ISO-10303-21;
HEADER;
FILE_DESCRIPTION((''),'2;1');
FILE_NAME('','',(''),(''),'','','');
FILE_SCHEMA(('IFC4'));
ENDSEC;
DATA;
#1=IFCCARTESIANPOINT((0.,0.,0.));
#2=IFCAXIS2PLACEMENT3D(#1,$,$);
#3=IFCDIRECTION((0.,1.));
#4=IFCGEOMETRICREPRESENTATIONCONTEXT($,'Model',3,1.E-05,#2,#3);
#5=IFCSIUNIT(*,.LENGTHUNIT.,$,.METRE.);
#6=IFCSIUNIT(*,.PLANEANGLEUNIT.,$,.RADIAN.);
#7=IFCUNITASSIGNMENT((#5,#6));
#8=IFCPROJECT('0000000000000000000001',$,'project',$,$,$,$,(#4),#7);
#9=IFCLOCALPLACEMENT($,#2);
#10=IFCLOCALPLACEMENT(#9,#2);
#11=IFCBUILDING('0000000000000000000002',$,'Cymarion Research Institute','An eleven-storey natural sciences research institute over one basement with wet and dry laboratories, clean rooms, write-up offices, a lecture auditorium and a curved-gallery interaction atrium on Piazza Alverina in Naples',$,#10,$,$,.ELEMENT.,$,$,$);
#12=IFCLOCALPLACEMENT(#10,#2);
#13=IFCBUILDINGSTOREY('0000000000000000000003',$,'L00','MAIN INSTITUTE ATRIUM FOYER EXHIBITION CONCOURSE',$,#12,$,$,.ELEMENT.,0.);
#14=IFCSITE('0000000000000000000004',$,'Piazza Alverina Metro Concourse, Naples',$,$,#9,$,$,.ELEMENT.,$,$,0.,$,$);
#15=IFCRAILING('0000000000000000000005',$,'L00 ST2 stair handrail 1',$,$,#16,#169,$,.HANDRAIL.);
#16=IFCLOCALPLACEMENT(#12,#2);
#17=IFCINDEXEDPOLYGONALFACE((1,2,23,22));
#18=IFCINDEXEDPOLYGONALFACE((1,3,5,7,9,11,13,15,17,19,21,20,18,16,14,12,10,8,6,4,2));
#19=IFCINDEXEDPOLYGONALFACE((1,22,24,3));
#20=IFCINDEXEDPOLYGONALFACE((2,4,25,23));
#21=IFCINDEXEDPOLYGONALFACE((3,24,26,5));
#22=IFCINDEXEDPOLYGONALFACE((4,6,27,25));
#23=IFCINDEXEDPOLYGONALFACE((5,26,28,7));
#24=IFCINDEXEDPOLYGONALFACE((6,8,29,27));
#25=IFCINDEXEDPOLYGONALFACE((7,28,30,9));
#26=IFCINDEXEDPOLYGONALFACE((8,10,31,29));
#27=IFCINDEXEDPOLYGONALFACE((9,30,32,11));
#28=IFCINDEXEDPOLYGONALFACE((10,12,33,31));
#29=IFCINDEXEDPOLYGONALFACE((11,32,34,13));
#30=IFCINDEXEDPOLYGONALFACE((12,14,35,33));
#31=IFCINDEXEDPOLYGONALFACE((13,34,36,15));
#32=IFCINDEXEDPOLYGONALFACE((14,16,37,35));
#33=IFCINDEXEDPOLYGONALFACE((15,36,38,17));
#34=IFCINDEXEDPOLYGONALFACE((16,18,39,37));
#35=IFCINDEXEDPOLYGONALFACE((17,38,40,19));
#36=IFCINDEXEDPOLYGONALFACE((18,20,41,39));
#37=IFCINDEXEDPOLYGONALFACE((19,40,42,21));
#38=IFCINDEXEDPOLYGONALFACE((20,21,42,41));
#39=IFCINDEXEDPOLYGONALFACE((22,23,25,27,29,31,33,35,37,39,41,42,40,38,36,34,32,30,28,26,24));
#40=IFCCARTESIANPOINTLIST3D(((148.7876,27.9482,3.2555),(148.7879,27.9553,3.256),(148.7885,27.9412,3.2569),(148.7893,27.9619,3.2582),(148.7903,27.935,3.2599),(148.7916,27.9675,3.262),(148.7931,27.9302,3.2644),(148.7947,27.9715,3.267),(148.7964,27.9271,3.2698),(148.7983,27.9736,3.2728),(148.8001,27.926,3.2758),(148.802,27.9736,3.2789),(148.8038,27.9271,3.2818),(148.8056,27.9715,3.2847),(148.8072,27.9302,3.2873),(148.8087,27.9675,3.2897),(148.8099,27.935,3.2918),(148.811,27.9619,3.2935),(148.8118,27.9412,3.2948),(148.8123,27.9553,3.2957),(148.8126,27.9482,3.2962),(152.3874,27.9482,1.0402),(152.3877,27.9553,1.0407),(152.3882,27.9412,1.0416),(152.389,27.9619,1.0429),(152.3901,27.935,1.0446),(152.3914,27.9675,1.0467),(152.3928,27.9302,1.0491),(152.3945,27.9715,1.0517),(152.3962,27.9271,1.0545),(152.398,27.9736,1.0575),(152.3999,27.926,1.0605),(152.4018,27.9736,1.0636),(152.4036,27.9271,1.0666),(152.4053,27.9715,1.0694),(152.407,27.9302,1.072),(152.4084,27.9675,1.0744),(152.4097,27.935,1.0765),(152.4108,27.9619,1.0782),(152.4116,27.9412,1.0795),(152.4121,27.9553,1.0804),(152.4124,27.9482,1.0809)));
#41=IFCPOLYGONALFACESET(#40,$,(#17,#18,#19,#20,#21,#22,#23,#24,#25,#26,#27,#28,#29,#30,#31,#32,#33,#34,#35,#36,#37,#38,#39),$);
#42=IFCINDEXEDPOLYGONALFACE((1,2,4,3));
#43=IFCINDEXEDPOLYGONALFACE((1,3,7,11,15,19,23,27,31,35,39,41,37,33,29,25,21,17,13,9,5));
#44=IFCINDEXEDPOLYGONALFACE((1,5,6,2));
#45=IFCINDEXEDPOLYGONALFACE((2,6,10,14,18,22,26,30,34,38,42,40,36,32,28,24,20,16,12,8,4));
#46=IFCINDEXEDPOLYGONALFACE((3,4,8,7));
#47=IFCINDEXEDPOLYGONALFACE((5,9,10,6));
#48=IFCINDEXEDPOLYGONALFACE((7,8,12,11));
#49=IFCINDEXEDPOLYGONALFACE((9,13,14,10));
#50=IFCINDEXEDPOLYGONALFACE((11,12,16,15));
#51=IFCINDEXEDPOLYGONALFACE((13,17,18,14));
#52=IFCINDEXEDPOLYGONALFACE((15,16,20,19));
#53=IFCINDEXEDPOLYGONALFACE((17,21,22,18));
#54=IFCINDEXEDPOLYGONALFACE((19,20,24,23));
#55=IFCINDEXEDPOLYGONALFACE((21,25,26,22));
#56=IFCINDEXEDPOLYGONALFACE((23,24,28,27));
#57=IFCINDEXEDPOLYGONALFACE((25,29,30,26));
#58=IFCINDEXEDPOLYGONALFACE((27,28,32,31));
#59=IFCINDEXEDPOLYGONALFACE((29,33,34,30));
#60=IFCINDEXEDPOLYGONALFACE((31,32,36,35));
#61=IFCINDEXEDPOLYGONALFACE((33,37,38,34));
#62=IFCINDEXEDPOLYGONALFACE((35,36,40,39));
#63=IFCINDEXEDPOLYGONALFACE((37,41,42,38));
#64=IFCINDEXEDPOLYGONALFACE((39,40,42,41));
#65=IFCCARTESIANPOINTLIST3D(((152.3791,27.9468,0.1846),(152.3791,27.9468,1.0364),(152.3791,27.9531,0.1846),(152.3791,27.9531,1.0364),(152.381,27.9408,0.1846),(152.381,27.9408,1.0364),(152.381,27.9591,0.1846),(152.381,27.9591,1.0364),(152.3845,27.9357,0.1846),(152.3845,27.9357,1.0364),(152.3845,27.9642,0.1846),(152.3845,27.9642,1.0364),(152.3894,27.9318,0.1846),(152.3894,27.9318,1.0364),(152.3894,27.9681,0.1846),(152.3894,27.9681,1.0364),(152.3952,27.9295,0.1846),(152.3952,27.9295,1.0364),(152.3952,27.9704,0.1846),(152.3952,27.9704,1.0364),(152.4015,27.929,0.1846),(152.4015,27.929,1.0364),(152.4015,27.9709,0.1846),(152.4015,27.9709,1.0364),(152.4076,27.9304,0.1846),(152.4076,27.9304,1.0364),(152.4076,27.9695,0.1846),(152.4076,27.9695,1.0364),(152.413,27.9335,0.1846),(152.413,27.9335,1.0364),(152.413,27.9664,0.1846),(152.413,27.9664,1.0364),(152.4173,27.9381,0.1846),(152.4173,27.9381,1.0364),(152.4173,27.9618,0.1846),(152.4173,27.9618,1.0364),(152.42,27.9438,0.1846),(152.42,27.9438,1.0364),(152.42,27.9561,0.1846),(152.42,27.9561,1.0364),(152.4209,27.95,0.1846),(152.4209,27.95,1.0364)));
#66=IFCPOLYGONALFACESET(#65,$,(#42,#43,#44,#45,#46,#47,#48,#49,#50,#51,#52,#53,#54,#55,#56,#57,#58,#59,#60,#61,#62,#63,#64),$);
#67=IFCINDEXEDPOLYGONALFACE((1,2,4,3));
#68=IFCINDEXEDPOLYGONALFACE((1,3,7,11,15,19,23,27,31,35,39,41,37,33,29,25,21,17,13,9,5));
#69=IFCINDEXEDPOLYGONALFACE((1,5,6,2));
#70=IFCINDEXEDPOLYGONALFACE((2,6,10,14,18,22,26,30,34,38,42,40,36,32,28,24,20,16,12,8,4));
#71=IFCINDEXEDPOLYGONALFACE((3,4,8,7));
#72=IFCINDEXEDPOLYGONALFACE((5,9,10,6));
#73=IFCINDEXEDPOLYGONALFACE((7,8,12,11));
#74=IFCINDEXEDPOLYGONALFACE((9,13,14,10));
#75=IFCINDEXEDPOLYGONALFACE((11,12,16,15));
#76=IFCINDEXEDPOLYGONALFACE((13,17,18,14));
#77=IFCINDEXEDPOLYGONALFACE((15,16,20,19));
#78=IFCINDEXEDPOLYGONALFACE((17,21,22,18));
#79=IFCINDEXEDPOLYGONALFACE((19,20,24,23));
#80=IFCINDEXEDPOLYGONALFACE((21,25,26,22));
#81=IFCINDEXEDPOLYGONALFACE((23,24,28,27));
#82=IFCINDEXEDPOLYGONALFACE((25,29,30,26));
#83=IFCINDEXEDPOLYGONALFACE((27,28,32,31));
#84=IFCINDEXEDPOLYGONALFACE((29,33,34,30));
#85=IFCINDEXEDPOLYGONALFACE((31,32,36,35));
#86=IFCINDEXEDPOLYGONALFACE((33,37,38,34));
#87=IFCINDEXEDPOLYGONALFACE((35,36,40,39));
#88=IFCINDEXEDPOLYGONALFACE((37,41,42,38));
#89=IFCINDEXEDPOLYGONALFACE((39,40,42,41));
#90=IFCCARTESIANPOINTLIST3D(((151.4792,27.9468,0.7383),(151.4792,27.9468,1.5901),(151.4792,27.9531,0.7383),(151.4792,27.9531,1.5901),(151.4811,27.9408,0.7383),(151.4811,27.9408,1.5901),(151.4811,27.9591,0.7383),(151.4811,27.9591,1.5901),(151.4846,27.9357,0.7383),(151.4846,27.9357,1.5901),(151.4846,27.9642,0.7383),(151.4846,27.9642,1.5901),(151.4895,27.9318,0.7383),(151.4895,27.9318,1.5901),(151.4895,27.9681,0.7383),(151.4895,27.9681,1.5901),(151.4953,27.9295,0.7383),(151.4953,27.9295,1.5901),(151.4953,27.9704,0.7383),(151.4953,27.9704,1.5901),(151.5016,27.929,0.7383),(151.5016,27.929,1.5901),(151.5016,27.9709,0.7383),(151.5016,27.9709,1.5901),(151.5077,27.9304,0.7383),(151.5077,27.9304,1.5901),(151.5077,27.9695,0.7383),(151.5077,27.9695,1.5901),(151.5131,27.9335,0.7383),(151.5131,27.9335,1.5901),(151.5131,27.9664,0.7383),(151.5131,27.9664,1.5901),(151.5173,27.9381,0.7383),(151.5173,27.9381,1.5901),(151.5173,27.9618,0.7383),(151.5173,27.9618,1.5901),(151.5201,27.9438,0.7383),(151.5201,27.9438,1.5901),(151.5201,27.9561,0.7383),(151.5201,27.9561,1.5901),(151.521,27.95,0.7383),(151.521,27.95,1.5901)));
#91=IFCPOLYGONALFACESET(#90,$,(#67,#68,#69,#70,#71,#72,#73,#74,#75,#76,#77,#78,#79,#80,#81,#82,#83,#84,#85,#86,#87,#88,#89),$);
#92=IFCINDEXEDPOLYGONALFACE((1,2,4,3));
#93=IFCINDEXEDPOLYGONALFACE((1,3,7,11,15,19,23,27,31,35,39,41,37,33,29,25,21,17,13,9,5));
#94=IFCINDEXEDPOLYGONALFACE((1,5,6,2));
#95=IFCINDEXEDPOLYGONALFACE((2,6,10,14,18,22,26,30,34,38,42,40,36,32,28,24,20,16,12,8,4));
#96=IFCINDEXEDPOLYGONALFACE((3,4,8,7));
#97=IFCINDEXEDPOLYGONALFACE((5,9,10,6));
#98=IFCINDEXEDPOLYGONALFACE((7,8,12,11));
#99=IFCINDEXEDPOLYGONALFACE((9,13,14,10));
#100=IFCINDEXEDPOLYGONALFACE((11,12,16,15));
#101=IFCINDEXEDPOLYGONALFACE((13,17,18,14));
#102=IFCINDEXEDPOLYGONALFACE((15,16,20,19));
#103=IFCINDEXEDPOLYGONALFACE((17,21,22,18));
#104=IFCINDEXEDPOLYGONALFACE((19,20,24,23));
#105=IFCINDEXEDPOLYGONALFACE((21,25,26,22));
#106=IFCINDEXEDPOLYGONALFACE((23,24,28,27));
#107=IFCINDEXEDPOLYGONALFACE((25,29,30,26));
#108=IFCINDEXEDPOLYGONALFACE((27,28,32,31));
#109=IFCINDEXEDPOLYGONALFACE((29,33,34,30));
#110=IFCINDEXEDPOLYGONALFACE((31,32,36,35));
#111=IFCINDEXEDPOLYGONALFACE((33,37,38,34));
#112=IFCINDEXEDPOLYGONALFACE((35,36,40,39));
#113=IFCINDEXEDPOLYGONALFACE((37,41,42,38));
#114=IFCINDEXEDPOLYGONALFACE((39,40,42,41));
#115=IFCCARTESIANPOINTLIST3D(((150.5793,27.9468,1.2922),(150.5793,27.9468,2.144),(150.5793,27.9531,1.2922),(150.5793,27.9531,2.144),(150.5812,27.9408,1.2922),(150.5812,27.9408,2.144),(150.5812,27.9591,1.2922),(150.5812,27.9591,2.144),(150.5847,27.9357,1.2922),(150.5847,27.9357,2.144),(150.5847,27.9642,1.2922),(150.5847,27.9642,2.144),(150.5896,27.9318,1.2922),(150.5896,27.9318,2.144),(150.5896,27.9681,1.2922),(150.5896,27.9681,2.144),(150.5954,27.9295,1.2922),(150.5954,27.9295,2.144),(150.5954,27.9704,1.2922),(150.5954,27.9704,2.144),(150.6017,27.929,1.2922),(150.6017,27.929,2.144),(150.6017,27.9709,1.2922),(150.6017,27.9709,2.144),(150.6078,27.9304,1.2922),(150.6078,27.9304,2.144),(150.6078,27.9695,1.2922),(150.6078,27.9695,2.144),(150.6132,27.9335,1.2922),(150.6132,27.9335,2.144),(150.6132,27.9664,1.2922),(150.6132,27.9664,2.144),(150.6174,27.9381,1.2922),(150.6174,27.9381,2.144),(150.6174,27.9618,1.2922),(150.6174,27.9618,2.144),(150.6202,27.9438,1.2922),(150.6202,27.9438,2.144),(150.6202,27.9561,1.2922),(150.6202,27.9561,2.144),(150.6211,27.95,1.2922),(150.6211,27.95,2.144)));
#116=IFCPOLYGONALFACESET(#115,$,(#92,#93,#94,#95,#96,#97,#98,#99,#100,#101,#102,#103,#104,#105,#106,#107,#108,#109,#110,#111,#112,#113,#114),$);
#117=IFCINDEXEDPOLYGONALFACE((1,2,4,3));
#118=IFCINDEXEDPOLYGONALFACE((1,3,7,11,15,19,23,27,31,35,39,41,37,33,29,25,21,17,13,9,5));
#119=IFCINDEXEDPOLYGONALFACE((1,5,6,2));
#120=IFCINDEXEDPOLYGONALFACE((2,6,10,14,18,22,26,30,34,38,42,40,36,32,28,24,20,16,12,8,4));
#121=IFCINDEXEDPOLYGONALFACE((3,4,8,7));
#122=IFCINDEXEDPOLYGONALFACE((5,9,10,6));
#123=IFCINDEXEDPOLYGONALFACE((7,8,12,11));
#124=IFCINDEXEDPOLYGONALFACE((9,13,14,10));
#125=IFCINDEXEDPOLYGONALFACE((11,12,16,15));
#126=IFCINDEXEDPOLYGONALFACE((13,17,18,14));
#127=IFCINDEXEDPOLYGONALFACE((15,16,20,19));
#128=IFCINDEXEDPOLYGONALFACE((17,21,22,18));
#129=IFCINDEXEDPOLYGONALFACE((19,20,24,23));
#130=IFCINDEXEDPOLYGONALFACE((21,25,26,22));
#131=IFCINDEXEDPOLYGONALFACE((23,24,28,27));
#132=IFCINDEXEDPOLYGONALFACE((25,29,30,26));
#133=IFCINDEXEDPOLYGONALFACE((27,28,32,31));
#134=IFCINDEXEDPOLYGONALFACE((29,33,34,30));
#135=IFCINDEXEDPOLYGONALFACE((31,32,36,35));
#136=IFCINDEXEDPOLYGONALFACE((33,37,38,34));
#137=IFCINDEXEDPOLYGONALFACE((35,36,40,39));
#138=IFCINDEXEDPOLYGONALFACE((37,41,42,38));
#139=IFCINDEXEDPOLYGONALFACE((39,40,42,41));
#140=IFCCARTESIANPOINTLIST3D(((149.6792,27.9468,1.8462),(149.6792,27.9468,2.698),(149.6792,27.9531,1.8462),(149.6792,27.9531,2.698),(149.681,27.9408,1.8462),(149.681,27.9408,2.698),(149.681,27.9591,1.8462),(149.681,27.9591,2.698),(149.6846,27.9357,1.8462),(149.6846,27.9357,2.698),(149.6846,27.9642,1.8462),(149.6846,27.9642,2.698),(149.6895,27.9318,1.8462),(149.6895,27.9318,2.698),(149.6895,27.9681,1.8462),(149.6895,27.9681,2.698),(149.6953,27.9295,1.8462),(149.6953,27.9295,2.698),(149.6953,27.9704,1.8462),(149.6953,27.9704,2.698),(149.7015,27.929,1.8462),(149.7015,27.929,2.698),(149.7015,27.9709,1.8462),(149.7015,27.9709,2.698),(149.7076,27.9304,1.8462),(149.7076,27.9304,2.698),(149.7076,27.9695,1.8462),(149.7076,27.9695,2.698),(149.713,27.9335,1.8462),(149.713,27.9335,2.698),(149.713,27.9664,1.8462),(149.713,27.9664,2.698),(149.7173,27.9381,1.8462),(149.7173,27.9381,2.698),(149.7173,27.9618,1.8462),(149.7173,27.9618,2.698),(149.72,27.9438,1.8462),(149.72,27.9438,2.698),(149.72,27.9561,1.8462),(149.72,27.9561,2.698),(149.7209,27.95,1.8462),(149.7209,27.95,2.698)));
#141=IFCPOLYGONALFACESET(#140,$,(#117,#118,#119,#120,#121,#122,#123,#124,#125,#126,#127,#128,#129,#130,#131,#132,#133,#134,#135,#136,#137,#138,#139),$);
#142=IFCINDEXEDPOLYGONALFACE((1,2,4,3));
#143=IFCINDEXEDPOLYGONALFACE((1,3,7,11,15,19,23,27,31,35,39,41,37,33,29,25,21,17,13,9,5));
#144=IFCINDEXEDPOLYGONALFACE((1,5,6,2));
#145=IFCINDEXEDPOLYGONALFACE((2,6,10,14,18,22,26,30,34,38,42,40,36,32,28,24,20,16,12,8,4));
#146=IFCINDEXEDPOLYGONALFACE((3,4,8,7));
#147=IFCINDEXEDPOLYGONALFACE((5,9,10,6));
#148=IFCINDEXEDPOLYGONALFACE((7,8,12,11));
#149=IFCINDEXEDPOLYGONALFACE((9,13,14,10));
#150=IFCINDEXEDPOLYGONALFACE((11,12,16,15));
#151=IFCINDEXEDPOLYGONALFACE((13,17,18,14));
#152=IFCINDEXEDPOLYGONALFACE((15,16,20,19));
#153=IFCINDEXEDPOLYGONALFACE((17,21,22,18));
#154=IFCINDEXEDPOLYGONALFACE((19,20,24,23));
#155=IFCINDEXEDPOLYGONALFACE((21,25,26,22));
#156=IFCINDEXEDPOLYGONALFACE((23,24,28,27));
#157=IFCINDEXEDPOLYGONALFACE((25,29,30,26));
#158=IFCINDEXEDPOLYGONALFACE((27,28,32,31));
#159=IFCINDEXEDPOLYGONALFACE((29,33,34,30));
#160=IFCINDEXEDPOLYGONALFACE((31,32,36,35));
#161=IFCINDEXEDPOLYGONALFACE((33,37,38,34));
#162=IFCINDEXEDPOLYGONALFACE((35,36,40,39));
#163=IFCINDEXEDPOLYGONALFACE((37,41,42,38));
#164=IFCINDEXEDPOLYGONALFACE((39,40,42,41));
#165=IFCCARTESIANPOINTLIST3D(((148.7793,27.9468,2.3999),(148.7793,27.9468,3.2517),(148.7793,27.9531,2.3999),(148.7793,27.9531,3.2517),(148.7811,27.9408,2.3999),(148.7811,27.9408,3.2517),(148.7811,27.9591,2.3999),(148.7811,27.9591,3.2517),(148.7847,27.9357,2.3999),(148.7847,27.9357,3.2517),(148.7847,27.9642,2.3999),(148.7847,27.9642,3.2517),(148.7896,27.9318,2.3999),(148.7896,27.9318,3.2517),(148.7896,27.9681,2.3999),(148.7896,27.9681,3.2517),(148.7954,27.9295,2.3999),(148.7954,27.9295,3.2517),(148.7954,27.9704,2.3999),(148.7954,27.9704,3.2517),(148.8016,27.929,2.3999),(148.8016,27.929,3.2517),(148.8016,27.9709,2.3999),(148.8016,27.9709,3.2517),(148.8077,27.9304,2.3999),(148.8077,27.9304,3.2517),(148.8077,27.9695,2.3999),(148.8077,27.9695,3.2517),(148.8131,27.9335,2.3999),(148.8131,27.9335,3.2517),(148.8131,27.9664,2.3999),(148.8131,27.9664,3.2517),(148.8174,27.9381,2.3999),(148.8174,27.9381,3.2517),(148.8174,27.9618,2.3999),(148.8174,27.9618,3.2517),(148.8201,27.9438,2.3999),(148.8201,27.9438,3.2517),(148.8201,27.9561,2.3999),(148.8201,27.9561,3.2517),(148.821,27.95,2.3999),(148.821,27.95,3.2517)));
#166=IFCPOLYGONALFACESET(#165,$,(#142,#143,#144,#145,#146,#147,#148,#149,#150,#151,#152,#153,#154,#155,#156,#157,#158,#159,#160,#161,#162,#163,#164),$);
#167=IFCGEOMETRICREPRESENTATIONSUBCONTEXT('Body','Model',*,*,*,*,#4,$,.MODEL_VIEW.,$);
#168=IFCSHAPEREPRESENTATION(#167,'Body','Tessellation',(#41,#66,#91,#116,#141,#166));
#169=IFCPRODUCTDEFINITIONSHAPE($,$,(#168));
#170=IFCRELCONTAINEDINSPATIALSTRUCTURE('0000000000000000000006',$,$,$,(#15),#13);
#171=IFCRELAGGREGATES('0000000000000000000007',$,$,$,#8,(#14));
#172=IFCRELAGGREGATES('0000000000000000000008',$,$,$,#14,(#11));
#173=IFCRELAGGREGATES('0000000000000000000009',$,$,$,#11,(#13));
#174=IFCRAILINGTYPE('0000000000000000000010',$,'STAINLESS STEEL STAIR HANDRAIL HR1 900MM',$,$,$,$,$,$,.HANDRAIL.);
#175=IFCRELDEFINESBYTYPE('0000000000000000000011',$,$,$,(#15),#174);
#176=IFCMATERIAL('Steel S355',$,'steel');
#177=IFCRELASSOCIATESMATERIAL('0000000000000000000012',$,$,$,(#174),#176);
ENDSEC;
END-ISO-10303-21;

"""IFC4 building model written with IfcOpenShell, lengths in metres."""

from ifc_helpers import new_model, si_unit, direction, frame, origin, origin_2d, place, context, subcontext, project, spatial, circle, extrude, material, type_object, element, save


model = new_model("IFC4")

# Units and contexts
model_context = context("Model", 3, precision=1e-05, world=origin(), true_north=direction((0.0, 1.0)))
body_context = subcontext(model_context, "Body", "Model", "MODEL_VIEW")
ifc_project = project(units=[si_unit("LENGTHUNIT", "METRE"), si_unit("PLANEANGLEUNIT", "RADIAN")], contexts=[model_context])

# Site, building, storey
site_placement = place(None, origin())
site = spatial("IfcSite", under=ifc_project, at=site_placement, Name="Piazza Alverina Metro Concourse, Naples", CompositionType="ELEMENT", RefElevation=0.0)
building_placement = place(site_placement, origin())
building = spatial("IfcBuilding", under=site, at=building_placement, Name="Cymarion Research Institute", Description="An eleven-storey natural sciences research institute over one basement with wet and dry laboratories, clean rooms, write-up offices, a lecture auditorium and a curved-gallery interaction atrium on Piazza Alverina in Naples", CompositionType="ELEMENT")
storey_placement = place(building_placement, origin())
storey = spatial("IfcBuildingStorey", under=building, at=storey_placement, Name="L00", Description="MAIN INSTITUTE ATRIUM FOYER EXHIBITION CONCOURSE", CompositionType="ELEMENT", Elevation=0.0)

# Shared definitions
ifc_material_1 = material(Name="Steel S355", Category="steel")

# Railing
railing_type_1 = type_object("IfcRailingType", Name="STAINLESS STEEL STAIR HANDRAIL HR1 900MM", PredefinedType="HANDRAIL", material=ifc_material_1)
railing_1_placement = place(storey_placement, frame((152.3999, 27.95, 0.1846)))
element("IfcRailing", 1, at=railing_1_placement, inside=storey, type_object=railing_type_1, Name="L00 ST2 stair handrail 1", PredefinedType="HANDRAIL", context=body_context, shape_type="SweptSolid", body=[
    extrude(circle(Radius=0.0239, at=origin_2d()), frame((0.0, 0.0, 0.876), z_axis=(-0.851654, 0.0, 0.524104), x_axis=(0.0, -1.0, 0.0)), (0.0, 0.0, 1.0), 4.2268),
    extrude(circle(Radius=0.021, at=origin_2d()), origin(), (0.0, 0.0, 1.0), 0.8518),
    extrude(circle(Radius=0.021, at=origin_2d()), frame((-0.8999, 0.0, 0.5537)), (0.0, 0.0, 1.0), 0.8518),
    extrude(circle(Radius=0.021, at=origin_2d()), frame((-1.7998, 0.0, 1.1077)), (0.0, 0.0, 1.0), 0.8518),
    extrude(circle(Radius=0.021, at=origin_2d()), frame((-2.7, 0.0, 1.6616)), (0.0, 0.0, 1.0), 0.8518),
    extrude(circle(Radius=0.021, at=origin_2d()), frame((-3.5999, 0.0, 2.2153)), (0.0, 0.0, 1.0), 0.8518),
])

save(model, "model.ifc")
